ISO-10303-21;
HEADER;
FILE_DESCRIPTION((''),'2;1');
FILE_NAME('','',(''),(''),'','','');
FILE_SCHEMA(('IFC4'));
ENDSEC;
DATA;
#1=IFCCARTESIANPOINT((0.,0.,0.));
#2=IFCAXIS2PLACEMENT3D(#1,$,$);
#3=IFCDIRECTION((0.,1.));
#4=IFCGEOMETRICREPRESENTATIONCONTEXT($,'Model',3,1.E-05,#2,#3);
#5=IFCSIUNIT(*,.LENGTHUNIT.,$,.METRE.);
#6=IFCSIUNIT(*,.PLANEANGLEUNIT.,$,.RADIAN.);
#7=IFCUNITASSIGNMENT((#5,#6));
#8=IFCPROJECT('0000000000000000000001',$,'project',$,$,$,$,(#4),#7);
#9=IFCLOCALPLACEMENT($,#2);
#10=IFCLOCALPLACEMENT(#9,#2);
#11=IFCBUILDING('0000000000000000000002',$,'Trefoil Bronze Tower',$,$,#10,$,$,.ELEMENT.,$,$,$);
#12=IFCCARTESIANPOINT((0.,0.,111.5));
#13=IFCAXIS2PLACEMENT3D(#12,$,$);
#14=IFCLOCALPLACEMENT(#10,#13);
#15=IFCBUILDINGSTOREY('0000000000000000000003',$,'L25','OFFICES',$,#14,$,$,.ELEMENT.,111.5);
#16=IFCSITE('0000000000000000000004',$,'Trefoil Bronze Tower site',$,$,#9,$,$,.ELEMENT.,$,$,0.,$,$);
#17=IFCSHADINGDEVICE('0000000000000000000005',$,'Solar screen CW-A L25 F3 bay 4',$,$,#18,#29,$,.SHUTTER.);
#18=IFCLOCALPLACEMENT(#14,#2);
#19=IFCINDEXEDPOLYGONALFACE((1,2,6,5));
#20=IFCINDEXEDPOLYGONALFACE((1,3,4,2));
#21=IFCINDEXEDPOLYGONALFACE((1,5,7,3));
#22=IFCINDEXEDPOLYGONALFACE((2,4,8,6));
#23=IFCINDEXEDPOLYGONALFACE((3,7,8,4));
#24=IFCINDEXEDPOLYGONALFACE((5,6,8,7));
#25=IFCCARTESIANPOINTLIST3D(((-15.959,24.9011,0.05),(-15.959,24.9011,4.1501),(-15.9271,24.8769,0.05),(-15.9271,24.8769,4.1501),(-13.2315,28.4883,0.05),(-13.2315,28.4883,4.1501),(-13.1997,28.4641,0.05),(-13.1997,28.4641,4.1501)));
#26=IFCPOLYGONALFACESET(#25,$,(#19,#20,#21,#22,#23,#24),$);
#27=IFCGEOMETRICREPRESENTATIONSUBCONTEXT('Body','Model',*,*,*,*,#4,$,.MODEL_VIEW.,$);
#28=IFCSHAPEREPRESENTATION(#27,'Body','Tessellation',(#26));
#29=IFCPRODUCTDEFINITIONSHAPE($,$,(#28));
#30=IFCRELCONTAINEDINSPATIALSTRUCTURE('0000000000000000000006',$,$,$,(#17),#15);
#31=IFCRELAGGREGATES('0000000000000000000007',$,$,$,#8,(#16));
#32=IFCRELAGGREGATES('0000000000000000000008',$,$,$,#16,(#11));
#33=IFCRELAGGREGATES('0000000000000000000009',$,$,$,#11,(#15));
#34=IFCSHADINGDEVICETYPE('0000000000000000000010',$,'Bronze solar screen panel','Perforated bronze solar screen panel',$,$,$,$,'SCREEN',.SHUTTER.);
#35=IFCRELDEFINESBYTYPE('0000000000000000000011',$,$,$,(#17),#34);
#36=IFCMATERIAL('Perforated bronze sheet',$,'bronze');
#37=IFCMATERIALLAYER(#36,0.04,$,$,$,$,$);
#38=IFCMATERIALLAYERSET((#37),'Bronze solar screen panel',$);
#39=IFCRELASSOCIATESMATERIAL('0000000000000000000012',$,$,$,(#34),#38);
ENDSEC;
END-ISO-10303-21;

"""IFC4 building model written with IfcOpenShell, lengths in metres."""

from ifc_helpers import new_model, si_unit, direction, frame, origin, origin_2d, place, context, subcontext, project, spatial, rectangle, extrude, material, layer, layer_set, type_object, element, save


model = new_model("IFC4")

# Units and contexts
model_context = context("Model", 3, precision=1e-05, world=origin(), true_north=direction((0.0, 1.0)))
body_context = subcontext(model_context, "Body", "Model", "MODEL_VIEW")
ifc_project = project(units=[si_unit("LENGTHUNIT", "METRE"), si_unit("PLANEANGLEUNIT", "RADIAN")], contexts=[model_context])

# Site, building, storey
site_placement = place(None, origin())
site = spatial("IfcSite", under=ifc_project, at=site_placement, Name="Trefoil Bronze Tower site", CompositionType="ELEMENT", RefElevation=0.0)
building_placement = place(site_placement, origin())
building = spatial("IfcBuilding", under=site, at=building_placement, Name="Trefoil Bronze Tower", CompositionType="ELEMENT")
storey_placement = place(building_placement, frame((0.0, 0.0, 111.5)))
storey = spatial("IfcBuildingStorey", under=building, at=storey_placement, Name="L25", Description="OFFICES", CompositionType="ELEMENT", Elevation=111.5)

# Shading device
ifc_material_1 = material(Name="Perforated bronze sheet", Category="bronze")
ifc_layer_1 = layer(ifc_material_1, 0.04)
ifc_layer_set_1 = layer_set([ifc_layer_1], Name="Bronze solar screen panel")
shading_device_type = type_object("IfcShadingDeviceType", Name="Bronze solar screen panel", Description="Perforated bronze solar screen panel", ElementType="SCREEN", PredefinedType="SHUTTER", material=ifc_layer_set_1)
shading_device_1_placement = place(storey_placement, frame((-14.5793, 26.6826, 0.05), z_axis=(0.0, 0.0, 1.0), x_axis=(-0.605252, -0.796034, 0.0)))
element("IfcShadingDevice", 1, at=shading_device_1_placement, inside=storey, type_object=shading_device_type, Name="Solar screen CW-A L25 F3 bay 4", PredefinedType="SHUTTER", context=body_context, shape_type="SweptSolid", body=[
    extrude(rectangle(XDim=4.5063, YDim=0.04, at=origin_2d()), origin(), (0.0, 0.0, 1.0), 4.1001),
])

save(model, "model.ifc")
